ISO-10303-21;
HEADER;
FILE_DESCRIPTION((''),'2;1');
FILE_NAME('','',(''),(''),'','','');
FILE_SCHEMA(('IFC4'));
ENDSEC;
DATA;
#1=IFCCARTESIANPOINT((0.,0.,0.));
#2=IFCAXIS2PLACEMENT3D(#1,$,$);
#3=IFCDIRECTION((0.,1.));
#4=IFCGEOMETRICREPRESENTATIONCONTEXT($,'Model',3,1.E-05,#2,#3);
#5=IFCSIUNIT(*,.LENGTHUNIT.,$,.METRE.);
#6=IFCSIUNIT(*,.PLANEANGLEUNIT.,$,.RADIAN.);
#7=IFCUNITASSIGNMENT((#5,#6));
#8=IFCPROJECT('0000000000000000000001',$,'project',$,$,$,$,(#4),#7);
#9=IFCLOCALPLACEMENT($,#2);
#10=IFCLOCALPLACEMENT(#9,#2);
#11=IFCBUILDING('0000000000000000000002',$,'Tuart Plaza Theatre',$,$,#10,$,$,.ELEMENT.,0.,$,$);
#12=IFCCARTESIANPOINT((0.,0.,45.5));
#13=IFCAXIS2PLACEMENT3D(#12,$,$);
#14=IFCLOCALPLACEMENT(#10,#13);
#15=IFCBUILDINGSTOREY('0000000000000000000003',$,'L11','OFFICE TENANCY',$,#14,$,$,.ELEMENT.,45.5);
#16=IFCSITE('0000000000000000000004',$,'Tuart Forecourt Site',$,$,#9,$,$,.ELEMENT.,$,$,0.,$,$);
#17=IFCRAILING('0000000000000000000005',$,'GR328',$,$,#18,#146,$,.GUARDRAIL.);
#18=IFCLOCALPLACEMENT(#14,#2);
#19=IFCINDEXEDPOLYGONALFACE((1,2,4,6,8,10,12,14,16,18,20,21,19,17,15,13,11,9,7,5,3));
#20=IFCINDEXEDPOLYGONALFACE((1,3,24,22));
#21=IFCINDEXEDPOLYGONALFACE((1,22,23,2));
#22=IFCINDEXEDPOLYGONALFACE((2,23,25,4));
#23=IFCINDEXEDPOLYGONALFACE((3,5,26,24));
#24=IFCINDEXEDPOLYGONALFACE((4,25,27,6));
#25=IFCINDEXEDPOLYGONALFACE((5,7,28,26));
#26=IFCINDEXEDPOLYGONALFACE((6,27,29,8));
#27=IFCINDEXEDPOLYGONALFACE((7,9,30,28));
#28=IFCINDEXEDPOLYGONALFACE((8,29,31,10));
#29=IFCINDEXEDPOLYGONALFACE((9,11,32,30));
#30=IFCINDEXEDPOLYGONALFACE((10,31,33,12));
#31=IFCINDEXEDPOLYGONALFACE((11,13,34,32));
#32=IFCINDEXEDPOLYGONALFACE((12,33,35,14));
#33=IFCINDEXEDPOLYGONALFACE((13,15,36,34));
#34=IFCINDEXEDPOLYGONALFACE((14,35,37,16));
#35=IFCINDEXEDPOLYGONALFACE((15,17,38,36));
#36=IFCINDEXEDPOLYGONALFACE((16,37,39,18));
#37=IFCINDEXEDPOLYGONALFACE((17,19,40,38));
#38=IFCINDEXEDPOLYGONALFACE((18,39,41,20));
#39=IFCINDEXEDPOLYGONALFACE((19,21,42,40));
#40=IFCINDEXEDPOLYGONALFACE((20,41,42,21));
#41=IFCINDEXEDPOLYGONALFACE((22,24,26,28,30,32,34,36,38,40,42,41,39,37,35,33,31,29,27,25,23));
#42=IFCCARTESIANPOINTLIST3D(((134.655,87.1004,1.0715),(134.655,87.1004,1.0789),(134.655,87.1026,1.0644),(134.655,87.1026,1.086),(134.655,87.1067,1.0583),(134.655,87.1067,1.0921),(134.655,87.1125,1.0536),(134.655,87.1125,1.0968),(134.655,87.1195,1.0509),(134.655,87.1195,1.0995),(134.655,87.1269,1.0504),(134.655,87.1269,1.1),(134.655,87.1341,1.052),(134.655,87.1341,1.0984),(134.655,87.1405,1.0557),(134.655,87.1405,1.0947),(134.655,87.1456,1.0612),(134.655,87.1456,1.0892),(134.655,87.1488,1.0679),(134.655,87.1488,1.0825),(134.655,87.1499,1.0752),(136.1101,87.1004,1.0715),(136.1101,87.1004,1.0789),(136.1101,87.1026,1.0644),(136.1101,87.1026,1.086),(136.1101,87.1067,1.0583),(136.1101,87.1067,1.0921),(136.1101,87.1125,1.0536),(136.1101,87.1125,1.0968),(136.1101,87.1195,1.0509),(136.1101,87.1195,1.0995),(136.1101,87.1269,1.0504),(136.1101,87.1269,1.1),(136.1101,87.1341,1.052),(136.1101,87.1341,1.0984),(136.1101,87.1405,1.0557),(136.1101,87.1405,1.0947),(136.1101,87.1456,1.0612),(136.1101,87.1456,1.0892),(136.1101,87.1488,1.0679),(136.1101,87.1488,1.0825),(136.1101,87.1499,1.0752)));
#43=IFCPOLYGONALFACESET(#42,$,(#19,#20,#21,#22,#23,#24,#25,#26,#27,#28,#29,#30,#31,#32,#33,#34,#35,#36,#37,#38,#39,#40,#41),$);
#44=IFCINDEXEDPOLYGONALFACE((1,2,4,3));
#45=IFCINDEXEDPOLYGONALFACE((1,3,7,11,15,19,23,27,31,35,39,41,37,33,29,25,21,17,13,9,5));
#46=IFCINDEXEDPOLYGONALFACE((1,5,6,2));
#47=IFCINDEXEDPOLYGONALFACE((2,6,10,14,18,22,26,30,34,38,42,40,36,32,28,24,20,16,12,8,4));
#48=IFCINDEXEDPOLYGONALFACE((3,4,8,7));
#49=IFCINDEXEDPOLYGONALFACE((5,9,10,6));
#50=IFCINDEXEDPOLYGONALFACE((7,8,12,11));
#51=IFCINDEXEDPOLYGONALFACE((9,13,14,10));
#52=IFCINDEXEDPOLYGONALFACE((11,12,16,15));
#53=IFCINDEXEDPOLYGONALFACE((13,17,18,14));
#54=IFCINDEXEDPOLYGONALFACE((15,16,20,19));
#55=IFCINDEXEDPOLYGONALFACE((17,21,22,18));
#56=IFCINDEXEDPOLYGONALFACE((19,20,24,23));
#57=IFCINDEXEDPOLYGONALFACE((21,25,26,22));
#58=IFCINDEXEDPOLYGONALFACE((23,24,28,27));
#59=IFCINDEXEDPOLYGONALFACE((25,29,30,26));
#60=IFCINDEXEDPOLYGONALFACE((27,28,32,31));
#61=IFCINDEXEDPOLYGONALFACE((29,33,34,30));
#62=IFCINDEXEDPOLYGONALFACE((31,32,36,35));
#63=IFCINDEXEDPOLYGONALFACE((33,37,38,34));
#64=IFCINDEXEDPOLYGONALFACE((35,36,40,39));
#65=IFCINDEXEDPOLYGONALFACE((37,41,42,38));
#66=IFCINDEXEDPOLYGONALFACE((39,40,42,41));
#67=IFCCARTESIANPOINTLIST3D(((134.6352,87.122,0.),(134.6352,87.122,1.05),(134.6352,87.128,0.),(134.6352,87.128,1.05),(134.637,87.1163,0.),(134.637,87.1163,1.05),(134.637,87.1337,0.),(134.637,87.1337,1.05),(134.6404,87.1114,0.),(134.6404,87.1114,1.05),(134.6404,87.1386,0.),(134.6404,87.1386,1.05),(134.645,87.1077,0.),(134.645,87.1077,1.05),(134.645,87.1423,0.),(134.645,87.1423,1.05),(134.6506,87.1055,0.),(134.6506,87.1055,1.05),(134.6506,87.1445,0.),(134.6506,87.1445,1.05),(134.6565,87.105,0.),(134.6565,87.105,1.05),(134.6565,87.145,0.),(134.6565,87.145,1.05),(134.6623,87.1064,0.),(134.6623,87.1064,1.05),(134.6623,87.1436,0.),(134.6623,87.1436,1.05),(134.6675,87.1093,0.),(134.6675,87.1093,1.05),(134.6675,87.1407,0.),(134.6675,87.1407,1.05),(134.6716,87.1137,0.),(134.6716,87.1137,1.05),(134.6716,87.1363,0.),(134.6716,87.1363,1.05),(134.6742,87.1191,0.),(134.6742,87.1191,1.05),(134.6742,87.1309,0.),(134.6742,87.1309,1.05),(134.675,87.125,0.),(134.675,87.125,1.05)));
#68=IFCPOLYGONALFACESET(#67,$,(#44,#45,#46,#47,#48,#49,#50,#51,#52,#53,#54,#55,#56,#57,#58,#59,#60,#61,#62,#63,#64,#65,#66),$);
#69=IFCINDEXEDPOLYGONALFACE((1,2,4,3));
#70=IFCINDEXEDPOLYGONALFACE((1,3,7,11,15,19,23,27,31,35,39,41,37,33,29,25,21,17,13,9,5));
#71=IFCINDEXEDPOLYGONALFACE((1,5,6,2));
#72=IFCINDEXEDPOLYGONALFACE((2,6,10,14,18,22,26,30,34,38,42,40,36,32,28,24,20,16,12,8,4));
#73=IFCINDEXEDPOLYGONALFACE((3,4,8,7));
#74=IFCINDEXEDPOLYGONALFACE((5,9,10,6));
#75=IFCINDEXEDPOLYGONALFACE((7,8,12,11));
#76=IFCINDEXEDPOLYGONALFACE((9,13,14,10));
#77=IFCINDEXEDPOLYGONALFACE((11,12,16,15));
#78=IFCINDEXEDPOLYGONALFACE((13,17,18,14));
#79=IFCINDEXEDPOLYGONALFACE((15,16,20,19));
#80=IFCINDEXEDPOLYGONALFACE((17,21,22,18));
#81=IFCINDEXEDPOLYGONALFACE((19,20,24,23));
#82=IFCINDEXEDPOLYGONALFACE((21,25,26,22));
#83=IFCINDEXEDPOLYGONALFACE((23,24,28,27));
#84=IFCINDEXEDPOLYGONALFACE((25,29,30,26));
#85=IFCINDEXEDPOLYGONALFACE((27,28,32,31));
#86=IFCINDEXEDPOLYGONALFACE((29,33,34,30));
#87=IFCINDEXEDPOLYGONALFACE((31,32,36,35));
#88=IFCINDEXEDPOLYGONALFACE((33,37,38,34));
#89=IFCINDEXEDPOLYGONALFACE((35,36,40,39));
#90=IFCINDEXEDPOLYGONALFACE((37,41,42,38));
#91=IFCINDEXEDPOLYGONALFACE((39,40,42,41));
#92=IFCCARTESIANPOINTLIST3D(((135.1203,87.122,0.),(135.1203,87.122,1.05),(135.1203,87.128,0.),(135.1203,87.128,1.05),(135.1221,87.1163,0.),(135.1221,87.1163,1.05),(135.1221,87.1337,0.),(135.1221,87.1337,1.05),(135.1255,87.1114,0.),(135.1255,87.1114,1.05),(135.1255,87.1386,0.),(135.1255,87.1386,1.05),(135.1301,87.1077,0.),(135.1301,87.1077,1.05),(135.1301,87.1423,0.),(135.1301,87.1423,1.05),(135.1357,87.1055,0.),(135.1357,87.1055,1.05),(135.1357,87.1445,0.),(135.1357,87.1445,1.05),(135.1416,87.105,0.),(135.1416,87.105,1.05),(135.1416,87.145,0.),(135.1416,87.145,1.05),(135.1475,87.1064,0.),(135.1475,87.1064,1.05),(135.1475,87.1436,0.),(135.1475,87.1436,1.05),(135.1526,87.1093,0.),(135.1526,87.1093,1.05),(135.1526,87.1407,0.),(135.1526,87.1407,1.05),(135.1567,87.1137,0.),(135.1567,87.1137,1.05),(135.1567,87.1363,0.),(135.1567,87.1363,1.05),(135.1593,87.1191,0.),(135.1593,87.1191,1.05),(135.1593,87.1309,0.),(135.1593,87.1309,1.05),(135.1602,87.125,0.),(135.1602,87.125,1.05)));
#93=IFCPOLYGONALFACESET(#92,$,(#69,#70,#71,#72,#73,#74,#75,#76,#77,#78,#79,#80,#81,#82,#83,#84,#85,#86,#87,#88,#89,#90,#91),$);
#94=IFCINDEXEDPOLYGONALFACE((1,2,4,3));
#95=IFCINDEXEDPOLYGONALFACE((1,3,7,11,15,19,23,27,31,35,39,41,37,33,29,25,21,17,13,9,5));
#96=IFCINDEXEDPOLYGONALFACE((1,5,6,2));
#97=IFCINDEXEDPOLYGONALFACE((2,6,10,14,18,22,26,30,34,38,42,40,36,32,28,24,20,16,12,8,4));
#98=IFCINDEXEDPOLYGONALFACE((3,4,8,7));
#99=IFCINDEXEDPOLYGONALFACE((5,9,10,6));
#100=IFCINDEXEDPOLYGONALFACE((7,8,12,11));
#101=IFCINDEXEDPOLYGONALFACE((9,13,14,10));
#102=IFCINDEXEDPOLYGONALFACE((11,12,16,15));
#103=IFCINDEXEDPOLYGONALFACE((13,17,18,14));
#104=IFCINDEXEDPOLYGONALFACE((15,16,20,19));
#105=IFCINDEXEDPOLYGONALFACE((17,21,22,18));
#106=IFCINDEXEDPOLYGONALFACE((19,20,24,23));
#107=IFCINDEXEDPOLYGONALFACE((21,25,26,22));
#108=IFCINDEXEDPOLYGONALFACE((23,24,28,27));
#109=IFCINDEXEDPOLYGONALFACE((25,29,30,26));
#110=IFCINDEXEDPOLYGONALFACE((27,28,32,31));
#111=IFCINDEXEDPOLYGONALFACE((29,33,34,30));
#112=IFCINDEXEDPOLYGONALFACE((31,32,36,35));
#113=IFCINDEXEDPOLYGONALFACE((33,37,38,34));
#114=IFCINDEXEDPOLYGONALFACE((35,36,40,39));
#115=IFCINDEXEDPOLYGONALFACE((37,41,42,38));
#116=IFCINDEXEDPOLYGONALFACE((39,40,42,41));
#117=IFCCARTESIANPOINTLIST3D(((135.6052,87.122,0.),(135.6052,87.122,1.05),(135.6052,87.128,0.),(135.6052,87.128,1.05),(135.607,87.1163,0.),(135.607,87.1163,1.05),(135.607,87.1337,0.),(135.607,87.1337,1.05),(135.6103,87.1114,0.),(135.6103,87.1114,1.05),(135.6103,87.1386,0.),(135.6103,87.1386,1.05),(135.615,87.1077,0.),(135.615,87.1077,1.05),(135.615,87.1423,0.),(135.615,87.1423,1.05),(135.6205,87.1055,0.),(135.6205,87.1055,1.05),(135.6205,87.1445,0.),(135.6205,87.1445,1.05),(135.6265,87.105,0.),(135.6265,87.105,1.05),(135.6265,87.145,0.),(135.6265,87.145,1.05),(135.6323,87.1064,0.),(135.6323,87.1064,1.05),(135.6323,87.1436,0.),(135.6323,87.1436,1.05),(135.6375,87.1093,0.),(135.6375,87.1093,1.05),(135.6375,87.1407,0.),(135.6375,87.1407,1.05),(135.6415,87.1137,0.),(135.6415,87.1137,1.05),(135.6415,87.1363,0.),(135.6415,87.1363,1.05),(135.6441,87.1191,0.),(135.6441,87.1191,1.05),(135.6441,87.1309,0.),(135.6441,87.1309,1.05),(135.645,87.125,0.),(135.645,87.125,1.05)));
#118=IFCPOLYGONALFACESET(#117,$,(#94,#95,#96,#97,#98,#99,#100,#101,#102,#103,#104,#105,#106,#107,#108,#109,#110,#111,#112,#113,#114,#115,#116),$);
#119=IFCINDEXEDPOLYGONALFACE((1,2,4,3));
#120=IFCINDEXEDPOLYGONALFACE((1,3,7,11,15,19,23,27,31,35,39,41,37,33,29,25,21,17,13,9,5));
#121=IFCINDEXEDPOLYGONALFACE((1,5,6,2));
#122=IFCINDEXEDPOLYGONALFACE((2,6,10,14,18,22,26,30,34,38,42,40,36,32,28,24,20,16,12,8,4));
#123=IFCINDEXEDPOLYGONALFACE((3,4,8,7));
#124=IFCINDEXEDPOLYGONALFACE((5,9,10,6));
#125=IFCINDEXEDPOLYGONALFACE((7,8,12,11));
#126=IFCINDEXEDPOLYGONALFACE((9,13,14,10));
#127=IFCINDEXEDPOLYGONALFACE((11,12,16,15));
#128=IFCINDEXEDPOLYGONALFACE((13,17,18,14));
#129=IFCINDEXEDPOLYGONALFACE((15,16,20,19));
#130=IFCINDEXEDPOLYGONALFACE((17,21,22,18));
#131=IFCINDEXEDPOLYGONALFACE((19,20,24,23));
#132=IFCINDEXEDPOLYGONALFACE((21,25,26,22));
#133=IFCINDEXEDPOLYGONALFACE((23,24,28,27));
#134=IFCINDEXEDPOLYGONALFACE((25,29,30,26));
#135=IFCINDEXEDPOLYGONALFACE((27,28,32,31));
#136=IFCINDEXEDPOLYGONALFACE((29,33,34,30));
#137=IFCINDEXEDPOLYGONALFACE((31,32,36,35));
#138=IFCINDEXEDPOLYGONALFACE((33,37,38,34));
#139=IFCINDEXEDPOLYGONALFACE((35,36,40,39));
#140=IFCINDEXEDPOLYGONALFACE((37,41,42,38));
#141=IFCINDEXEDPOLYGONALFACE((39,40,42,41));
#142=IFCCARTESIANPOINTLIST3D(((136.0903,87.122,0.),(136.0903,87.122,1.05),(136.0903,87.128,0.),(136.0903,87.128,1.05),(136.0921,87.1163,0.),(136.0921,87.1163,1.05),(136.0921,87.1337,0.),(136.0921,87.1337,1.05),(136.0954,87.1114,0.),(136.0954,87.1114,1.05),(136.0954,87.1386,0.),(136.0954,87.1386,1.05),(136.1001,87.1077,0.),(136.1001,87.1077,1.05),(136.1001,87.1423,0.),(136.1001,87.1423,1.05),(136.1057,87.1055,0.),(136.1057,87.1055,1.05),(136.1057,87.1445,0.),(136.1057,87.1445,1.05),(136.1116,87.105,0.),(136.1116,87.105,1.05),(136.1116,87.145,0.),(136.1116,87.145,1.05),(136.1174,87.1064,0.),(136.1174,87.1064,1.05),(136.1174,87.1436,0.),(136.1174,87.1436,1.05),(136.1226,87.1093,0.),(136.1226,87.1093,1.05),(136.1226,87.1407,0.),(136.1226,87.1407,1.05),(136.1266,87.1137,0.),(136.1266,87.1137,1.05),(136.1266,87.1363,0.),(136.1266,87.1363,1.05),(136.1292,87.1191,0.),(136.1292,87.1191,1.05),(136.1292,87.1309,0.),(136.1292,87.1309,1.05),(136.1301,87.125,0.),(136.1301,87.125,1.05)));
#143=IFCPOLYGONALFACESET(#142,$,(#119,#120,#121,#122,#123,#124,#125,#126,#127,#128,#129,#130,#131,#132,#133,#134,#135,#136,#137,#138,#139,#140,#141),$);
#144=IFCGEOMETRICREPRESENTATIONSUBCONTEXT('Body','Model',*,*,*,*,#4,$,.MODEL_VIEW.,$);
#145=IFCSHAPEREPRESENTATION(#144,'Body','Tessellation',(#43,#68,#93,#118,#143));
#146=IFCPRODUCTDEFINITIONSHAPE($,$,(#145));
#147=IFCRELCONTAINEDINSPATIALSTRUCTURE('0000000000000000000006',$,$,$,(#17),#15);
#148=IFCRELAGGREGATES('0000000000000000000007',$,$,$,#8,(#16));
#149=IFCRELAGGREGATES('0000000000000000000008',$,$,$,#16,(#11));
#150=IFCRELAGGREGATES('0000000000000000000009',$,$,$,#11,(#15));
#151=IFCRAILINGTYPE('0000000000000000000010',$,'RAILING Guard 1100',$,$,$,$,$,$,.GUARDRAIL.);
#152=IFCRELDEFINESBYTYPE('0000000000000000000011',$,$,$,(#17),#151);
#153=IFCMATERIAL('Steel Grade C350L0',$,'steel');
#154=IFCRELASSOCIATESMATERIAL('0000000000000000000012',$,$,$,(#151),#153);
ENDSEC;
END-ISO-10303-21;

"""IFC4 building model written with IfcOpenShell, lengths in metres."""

from ifc_helpers import new_model, si_unit, direction, frame, origin, origin_2d, place, context, subcontext, project, spatial, circle, extrude, material, type_object, element, save


model = new_model("IFC4")

# Units and contexts
model_context = context("Model", 3, precision=1e-05, world=origin(), true_north=direction((0.0, 1.0)))
body_context = subcontext(model_context, "Body", "Model", "MODEL_VIEW")
ifc_project = project(units=[si_unit("LENGTHUNIT", "METRE"), si_unit("PLANEANGLEUNIT", "RADIAN")], contexts=[model_context])

# Site, building, storey
site_placement = place(None, origin())
site = spatial("IfcSite", under=ifc_project, at=site_placement, Name="Tuart Forecourt Site", CompositionType="ELEMENT", RefElevation=0.0)
building_placement = place(site_placement, origin())
building = spatial("IfcBuilding", under=site, at=building_placement, Name="Tuart Plaza Theatre", CompositionType="ELEMENT", ElevationOfRefHeight=0.0)
storey_placement = place(building_placement, frame((0.0, 0.0, 45.5)))
storey = spatial("IfcBuildingStorey", under=building, at=storey_placement, Name="L11", Description="OFFICE TENANCY", CompositionType="ELEMENT", Elevation=45.5)

# Railing
ifc_material_1 = material(Name="Steel Grade C350L0", Category="steel")
railing_type_1 = type_object("IfcRailingType", Name="RAILING Guard 1100", PredefinedType="GUARDRAIL", material=ifc_material_1)
railing_1_placement = place(storey_placement, frame((134.655, 87.125, 0.0)))
element("IfcRailing", 1, at=railing_1_placement, inside=storey, type_object=railing_type_1, Name="GR328", PredefinedType="GUARDRAIL", context=body_context, shape_type="SweptSolid", body=[
    extrude(circle(Radius=0.0249, at=origin_2d()), frame((0.0, 0.0, 1.0752), z_axis=(1.0, 0.0, 0.0), x_axis=(0.0, 1.0, 0.0)), (0.0, 0.0, 1.0), 1.4551),
    extrude(circle(Radius=0.02, at=origin_2d()), origin(), (0.0, 0.0, 1.0), 1.05),
    extrude(circle(Radius=0.02, at=origin_2d()), frame((0.4851, 0.0, 0.0)), (0.0, 0.0, 1.0), 1.05),
    extrude(circle(Radius=0.02, at=origin_2d()), frame((0.97, 0.0, 0.0)), (0.0, 0.0, 1.0), 1.05),
    extrude(circle(Radius=0.02, at=origin_2d()), frame((1.4551, 0.0, 0.0)), (0.0, 0.0, 1.0), 1.05),
])

save(model, "model.ifc")
